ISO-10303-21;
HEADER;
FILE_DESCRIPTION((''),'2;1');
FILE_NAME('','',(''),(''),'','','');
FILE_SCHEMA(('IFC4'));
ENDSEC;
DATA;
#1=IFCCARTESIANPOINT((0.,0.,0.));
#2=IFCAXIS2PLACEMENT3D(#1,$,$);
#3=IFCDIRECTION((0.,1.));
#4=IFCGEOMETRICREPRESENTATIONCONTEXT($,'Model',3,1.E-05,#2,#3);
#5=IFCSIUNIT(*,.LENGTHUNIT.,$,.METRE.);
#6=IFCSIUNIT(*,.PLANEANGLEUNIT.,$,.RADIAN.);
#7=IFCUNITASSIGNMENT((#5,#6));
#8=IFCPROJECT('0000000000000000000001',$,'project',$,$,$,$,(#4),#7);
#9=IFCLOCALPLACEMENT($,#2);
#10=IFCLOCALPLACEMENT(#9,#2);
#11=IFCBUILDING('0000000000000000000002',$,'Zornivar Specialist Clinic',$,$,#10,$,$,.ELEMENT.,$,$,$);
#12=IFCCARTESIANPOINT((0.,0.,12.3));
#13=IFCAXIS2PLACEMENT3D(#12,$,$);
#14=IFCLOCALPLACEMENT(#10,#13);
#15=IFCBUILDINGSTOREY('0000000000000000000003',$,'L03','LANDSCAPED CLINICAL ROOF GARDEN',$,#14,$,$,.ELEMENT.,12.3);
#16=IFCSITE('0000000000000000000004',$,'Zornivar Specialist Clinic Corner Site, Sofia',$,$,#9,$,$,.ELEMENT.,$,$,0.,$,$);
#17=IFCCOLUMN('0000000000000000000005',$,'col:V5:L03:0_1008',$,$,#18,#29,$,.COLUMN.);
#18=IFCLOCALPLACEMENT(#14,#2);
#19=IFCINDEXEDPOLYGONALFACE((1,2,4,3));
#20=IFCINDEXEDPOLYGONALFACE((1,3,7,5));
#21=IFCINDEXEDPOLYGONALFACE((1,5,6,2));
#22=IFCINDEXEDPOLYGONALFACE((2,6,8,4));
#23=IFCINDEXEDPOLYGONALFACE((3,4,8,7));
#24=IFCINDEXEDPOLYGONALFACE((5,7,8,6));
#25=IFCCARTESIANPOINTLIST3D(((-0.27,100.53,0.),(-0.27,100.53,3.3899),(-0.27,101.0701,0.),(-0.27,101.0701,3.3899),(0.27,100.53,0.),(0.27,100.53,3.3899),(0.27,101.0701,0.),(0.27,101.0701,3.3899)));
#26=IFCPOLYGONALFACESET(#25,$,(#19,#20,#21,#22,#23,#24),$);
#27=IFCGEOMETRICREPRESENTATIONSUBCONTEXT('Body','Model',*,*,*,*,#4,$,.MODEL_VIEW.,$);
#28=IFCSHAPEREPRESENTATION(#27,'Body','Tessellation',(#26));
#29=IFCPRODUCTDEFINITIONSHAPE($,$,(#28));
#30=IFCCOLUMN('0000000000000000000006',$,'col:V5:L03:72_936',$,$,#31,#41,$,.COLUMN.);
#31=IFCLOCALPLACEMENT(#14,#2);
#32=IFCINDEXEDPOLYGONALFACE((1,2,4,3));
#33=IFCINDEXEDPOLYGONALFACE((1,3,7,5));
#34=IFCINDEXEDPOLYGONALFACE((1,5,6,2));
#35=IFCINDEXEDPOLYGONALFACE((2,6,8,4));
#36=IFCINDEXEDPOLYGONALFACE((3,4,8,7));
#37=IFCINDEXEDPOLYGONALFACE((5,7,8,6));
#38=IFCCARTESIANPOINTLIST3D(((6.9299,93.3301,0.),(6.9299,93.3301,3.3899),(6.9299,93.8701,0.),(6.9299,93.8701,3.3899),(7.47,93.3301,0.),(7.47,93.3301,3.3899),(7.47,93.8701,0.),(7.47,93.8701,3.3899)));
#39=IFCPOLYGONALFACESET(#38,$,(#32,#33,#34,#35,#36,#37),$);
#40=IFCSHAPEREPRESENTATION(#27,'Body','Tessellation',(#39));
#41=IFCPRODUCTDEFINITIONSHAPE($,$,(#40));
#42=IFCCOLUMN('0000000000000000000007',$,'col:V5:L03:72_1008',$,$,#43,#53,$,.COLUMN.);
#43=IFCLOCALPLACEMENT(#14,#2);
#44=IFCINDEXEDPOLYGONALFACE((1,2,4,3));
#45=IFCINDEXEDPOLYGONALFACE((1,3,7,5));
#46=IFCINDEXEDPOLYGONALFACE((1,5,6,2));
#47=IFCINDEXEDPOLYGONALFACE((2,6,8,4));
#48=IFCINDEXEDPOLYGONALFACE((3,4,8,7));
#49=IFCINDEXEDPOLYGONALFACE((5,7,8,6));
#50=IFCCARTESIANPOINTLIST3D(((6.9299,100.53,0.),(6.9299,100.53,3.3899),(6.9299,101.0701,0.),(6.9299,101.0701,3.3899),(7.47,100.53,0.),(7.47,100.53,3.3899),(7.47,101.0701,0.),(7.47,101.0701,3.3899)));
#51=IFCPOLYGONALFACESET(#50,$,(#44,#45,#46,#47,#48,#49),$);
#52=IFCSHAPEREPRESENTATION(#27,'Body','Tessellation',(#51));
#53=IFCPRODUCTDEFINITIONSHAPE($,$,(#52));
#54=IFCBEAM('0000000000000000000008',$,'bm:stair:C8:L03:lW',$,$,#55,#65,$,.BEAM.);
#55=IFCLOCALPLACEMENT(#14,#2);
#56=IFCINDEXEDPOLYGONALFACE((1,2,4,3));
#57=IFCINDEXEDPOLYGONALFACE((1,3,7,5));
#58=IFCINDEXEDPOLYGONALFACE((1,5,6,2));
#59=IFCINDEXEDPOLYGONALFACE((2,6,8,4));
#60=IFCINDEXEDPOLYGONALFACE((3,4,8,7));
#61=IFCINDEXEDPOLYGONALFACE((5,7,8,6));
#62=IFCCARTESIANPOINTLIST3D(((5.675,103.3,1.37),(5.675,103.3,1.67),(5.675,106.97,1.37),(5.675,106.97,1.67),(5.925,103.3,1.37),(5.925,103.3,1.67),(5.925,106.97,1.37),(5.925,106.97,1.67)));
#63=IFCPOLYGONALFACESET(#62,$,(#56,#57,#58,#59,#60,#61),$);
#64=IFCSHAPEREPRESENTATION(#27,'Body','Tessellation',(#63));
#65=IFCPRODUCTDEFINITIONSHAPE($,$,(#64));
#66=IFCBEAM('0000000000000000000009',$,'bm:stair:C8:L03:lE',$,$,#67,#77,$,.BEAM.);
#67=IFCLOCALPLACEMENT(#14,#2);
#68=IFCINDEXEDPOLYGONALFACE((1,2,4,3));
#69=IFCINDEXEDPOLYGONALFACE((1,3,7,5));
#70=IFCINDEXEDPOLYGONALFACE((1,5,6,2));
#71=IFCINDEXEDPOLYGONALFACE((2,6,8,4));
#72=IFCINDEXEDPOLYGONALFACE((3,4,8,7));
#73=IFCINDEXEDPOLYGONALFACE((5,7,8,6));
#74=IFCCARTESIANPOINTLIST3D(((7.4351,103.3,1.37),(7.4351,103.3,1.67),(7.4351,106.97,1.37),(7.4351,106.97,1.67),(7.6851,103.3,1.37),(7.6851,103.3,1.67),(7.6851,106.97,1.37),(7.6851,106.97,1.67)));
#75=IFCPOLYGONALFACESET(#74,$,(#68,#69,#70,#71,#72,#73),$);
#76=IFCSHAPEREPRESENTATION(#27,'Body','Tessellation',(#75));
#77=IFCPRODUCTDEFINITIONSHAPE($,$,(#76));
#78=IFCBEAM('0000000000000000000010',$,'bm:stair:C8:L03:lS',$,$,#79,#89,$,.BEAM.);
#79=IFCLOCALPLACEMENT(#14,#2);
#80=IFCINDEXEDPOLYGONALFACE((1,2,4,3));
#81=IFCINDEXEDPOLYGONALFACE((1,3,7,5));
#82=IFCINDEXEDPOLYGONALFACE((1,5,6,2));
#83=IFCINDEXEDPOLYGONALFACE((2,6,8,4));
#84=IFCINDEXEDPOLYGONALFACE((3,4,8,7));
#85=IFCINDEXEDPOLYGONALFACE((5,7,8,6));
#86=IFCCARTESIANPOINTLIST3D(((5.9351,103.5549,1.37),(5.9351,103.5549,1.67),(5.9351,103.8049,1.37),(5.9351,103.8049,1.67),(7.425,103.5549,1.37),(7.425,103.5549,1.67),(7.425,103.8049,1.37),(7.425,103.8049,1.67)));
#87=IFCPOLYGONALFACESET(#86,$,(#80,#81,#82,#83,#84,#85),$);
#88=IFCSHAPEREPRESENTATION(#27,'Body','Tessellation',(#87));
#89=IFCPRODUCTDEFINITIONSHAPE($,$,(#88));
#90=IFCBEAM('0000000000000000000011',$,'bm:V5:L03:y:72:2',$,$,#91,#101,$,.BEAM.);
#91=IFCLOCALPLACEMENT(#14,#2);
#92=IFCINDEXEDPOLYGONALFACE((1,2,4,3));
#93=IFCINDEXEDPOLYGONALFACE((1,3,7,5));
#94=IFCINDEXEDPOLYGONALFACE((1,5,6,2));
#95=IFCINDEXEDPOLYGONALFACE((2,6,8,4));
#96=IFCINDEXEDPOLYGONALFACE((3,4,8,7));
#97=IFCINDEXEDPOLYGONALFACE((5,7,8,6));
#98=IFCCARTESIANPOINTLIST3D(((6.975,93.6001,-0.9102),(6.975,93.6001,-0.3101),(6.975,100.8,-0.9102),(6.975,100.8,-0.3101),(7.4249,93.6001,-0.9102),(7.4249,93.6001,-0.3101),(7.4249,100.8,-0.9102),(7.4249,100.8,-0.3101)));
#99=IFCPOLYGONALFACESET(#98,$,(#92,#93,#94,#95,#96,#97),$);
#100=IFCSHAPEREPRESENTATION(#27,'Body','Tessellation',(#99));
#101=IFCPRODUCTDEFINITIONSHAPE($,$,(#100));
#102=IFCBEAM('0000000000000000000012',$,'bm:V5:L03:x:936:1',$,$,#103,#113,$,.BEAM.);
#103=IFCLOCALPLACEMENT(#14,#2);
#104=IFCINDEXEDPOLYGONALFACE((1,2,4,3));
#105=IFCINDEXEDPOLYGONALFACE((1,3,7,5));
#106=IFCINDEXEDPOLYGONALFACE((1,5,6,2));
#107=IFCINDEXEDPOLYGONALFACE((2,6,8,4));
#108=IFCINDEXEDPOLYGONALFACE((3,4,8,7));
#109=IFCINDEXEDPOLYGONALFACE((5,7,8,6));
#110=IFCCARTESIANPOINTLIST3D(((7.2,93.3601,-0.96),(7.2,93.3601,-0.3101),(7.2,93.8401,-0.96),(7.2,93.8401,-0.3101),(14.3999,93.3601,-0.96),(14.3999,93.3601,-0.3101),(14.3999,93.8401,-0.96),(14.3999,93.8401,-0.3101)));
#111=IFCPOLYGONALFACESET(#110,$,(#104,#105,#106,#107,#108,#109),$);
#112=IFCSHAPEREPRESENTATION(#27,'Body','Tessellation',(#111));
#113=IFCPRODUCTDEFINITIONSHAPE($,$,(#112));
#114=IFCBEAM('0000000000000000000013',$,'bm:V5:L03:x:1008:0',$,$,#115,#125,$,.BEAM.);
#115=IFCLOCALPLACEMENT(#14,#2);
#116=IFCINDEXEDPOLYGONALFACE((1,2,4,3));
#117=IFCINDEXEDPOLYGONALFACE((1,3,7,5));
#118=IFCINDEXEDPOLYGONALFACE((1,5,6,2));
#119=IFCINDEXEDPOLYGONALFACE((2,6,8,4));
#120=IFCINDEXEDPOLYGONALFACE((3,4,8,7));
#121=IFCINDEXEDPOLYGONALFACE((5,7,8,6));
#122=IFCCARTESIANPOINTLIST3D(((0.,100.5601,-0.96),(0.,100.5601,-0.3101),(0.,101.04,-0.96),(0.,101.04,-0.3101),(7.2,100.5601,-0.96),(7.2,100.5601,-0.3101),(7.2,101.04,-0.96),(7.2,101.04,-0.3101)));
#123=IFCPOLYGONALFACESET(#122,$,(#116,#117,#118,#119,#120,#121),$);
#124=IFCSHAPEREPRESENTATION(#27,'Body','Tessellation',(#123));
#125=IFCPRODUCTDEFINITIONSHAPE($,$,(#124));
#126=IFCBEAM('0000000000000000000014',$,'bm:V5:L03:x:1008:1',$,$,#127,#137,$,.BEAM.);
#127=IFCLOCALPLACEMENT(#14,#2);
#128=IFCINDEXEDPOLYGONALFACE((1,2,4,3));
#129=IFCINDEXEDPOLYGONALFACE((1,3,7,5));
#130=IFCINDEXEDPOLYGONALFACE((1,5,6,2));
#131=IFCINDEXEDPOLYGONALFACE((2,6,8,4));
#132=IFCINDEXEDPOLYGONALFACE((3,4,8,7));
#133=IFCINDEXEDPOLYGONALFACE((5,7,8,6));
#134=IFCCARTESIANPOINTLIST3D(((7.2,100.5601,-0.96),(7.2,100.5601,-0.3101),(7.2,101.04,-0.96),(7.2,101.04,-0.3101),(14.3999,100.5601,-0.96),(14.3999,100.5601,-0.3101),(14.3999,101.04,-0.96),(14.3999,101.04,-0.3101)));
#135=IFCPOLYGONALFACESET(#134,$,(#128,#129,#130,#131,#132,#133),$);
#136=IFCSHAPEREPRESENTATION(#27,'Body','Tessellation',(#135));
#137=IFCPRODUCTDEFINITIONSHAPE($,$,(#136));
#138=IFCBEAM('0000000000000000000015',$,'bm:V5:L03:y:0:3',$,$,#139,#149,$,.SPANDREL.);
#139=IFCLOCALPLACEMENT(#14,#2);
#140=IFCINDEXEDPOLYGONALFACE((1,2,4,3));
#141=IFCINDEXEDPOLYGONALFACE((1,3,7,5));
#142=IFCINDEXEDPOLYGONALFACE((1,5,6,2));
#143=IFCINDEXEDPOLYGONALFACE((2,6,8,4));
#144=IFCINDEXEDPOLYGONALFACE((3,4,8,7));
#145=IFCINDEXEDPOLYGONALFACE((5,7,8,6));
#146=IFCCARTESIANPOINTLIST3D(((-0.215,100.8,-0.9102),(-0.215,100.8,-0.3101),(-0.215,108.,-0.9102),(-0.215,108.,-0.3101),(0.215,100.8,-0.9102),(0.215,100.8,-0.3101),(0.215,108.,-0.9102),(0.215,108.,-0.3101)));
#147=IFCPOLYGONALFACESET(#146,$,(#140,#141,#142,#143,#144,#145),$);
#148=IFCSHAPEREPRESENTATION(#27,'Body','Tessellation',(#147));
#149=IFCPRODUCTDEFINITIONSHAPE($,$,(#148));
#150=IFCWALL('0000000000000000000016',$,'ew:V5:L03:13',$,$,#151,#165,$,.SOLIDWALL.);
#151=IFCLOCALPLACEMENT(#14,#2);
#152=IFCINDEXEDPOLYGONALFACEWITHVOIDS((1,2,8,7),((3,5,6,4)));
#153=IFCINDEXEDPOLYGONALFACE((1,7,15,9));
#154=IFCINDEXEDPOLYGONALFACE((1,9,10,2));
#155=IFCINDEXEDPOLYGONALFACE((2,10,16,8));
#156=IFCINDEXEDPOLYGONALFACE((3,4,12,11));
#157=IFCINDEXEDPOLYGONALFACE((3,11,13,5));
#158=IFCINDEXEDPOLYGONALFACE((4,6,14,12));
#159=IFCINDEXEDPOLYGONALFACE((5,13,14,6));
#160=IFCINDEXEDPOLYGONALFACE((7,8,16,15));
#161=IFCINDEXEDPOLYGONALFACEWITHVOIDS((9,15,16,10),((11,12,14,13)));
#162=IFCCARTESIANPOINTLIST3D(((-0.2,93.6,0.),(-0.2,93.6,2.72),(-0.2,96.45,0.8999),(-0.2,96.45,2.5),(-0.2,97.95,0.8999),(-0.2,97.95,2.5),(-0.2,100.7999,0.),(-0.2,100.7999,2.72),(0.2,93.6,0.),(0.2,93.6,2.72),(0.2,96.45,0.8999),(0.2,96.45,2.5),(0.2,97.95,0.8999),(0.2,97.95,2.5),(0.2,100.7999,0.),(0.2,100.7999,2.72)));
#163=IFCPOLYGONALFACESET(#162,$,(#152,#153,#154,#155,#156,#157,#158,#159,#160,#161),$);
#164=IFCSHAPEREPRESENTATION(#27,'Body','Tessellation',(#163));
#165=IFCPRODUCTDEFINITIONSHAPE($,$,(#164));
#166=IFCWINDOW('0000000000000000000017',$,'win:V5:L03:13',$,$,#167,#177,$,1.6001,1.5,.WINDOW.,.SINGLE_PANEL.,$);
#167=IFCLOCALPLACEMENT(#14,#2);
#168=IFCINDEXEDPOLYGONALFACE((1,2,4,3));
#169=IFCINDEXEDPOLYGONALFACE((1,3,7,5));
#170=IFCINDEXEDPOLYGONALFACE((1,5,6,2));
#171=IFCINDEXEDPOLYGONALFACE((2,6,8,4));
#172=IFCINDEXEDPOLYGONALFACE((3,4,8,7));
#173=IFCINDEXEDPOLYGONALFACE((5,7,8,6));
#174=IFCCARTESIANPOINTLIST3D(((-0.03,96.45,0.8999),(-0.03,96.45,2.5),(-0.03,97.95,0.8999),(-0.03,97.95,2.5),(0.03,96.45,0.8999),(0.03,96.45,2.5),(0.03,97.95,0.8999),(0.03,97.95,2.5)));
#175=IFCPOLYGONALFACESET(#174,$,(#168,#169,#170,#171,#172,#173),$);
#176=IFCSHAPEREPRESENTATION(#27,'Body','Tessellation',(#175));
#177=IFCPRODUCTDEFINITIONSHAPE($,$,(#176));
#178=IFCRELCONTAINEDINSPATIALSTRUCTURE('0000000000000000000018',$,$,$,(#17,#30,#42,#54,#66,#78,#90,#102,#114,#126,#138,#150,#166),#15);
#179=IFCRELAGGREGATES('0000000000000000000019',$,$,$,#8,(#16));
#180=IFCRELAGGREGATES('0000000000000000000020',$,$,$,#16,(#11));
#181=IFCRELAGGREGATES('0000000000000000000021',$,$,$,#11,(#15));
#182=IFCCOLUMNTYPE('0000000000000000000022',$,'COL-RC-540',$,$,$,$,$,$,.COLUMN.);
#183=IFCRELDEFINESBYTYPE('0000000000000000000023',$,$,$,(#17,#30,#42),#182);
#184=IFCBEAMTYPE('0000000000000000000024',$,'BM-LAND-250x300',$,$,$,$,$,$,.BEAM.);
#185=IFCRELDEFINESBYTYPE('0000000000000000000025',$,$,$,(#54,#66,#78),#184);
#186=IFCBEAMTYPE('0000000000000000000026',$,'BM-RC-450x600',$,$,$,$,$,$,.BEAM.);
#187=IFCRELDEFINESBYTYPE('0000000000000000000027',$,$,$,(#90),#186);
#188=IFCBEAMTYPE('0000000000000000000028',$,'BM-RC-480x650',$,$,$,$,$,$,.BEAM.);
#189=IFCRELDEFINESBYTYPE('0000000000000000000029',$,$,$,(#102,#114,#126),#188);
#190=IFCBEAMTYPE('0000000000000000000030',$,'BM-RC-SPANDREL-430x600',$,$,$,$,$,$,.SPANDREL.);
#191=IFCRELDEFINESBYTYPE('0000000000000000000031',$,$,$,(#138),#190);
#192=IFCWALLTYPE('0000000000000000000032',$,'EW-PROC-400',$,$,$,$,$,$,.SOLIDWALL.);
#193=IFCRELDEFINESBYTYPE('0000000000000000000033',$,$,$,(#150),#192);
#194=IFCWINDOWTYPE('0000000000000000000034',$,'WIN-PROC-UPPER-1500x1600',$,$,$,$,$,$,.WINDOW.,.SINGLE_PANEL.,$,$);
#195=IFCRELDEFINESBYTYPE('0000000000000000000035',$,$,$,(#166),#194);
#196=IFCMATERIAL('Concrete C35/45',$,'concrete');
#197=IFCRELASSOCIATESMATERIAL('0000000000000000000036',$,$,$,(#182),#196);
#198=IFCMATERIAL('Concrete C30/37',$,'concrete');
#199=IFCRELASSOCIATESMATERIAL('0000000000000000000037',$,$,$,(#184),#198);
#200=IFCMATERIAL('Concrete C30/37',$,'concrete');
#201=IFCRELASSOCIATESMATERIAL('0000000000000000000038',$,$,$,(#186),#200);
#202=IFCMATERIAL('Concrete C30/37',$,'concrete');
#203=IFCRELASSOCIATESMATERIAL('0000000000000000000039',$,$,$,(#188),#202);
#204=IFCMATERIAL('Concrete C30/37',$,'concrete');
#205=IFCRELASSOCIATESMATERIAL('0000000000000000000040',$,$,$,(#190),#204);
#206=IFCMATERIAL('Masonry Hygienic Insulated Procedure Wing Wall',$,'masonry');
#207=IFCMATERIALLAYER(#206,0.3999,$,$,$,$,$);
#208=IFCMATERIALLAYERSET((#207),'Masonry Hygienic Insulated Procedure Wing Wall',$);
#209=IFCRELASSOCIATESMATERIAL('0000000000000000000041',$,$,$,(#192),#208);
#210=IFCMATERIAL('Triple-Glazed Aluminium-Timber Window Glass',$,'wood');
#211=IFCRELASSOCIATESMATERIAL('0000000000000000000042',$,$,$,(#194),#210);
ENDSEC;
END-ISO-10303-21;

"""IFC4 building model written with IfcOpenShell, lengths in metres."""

from ifc_helpers import new_model, si_unit, direction, frame, frame_2d, origin, origin_2d, place, context, subcontext, project, spatial, rectangle, extrude, material, layer, layer_set, material_profile, profile_set, type_object, element, fill, save


model = new_model("IFC4")

# Units and contexts
model_context = context("Model", 3, precision=1e-05, world=origin(), true_north=direction((0.0, 1.0)))
body_context = subcontext(model_context, "Body", "Model", "MODEL_VIEW")
ifc_project = project(units=[si_unit("LENGTHUNIT", "METRE"), si_unit("PLANEANGLEUNIT", "RADIAN")], contexts=[model_context])

# Site, building, storey
site_placement = place(None, origin())
site = spatial("IfcSite", under=ifc_project, at=site_placement, Name="Zornivar Specialist Clinic Corner Site, Sofia", CompositionType="ELEMENT", RefElevation=0.0)
building_placement = place(site_placement, origin())
building = spatial("IfcBuilding", under=site, at=building_placement, Name="Zornivar Specialist Clinic", CompositionType="ELEMENT")
storey_placement = place(building_placement, frame((0.0, 0.0, 12.3)))
storey = spatial("IfcBuildingStorey", under=building, at=storey_placement, Name="L03", Description="LANDSCAPED CLINICAL ROOF GARDEN", CompositionType="ELEMENT", Elevation=12.3)

# Columns
ifc_material_1 = material(Name="Concrete C35/45", Category="concrete")
ifc_material_profile_1 = material_profile(ifc_material_1, rectangle(XDim=0.54, YDim=0.54, at=origin_2d()), Name="RC 540x540")
ifc_profile_set_1 = profile_set([ifc_material_profile_1], Name="Concrete C35/45")
column_type = type_object("IfcColumnType", Name="COL-RC-540", PredefinedType="COLUMN", material=ifc_profile_set_1)
for number, where, z_axis, x_axis, name in (
    (1, (0.0, 100.8, 0.0), (0.0, 0.0, 1.0), (1.0, 0.0, 0.0), "col:V5:L03:0_1008"),
    (2, (7.2, 93.6001, 0.0), (0.0, 0.0, 1.0), (1.0, 0.0, 0.0), "col:V5:L03:72_936"),
    (3, (7.2, 100.8, 0.0), (0.0, 0.0, 1.0), (1.0, 0.0, 0.0), "col:V5:L03:72_1008"),
):
    element("IfcColumn", number, at=place(storey_placement, frame(where, z_axis=z_axis, x_axis=x_axis)), inside=storey, type_object=column_type, Name=name, PredefinedType="COLUMN", context=body_context, shape_type="SweptSolid", body=[
        extrude(rectangle(XDim=0.54, YDim=0.54, at=origin_2d()), origin(), (0.0, 0.0, 1.0), 3.3899),
    ])

# Beams
ifc_material_2 = material(Name="Concrete C30/37", Category="concrete")
ifc_material_profile_2 = material_profile(ifc_material_2, rectangle(XDim=0.25, YDim=0.3, at=origin_2d()), Name="RC 250x300")
ifc_profile_set_2 = profile_set([ifc_material_profile_2], Name="Concrete C30/37")
beam_type_1 = type_object("IfcBeamType", Name="BM-LAND-250x300", PredefinedType="BEAM", material=ifc_profile_set_2)
for number, where, z_axis, x_axis, name in (
    (4, (5.8, 103.3, 1.52), (0.0, 1.0, 0.0), (-1.0, 0.0, 0.0), "bm:stair:C8:L03:lW"),
    (5, (7.5601, 103.3, 1.52), (0.0, 1.0, 0.0), (-1.0, 0.0, 0.0), "bm:stair:C8:L03:lE"),
):
    element("IfcBeam", number, at=place(storey_placement, frame(where, z_axis=z_axis, x_axis=x_axis)), inside=storey, type_object=beam_type_1, Name=name, PredefinedType="BEAM", context=body_context, shape_type="SweptSolid", body=[
        extrude(rectangle(XDim=0.25, YDim=0.3, at=origin_2d()), origin(), (0.0, 0.0, 1.0), 3.6699),
    ])
beam_1_placement = place(storey_placement, frame((5.9351, 103.6799, 1.52), z_axis=(1.0, 0.0, 0.0), x_axis=(0.0, 1.0, 0.0)))
element("IfcBeam", 6, at=beam_1_placement, inside=storey, type_object=beam_type_1, Name="bm:stair:C8:L03:lS", PredefinedType="BEAM", context=body_context, shape_type="SweptSolid", body=[
    extrude(rectangle(XDim=0.25, YDim=0.3, at=origin_2d()), origin(), (0.0, 0.0, 1.0), 1.49),
])
ifc_material_3 = material(Name="Concrete C30/37", Category="concrete")
ifc_material_profile_3 = material_profile(ifc_material_3, rectangle(XDim=0.45, YDim=0.6001, at=origin_2d()), Name="RC 450x600")
ifc_profile_set_3 = profile_set([ifc_material_profile_3], Name="Concrete C30/37")
beam_type_2 = type_object("IfcBeamType", Name="BM-RC-450x600", PredefinedType="BEAM", material=ifc_profile_set_3)
beam_2_placement = place(storey_placement, frame((7.2, 93.6001, -0.6101), z_axis=(0.0, 1.0, 0.0), x_axis=(-1.0, 0.0, 0.0)))
element("IfcBeam", 7, at=beam_2_placement, inside=storey, type_object=beam_type_2, Name="bm:V5:L03:y:72:2", PredefinedType="BEAM", context=body_context, shape_type="SweptSolid", body=[
    extrude(rectangle(XDim=0.45, YDim=0.6001, at=origin_2d()), origin(), (0.0, 0.0, 1.0), 7.2),
])
ifc_material_4 = material(Name="Concrete C30/37", Category="concrete")
ifc_material_profile_4 = material_profile(ifc_material_4, rectangle(XDim=0.48, YDim=0.6499, at=origin_2d()), Name="RC 480x650")
ifc_profile_set_4 = profile_set([ifc_material_profile_4], Name="Concrete C30/37")
beam_type_3 = type_object("IfcBeamType", Name="BM-RC-480x650", PredefinedType="BEAM", material=ifc_profile_set_4)
for number, where, z_axis, x_axis, name in (
    (8, (7.2, 93.6001, -0.635), (1.0, 0.0, 0.0), (0.0, 1.0, 0.0), "bm:V5:L03:x:936:1"),
    (9, (0.0, 100.8, -0.635), (1.0, 0.0, 0.0), (0.0, 1.0, 0.0), "bm:V5:L03:x:1008:0"),
    (10, (7.2, 100.8, -0.635), (1.0, 0.0, 0.0), (0.0, 1.0, 0.0), "bm:V5:L03:x:1008:1"),
):
    element("IfcBeam", number, at=place(storey_placement, frame(where, z_axis=z_axis, x_axis=x_axis)), inside=storey, type_object=beam_type_3, Name=name, PredefinedType="BEAM", context=body_context, shape_type="SweptSolid", body=[
        extrude(rectangle(XDim=0.48, YDim=0.6499, at=origin_2d()), origin(), (0.0, 0.0, 1.0), 7.2),
    ])
ifc_material_5 = material(Name="Concrete C30/37", Category="concrete")
ifc_material_profile_5 = material_profile(ifc_material_5, rectangle(XDim=0.4299, YDim=0.6001, at=origin_2d()), Name="RC 430x600")
ifc_profile_set_5 = profile_set([ifc_material_profile_5], Name="Concrete C30/37")
beam_type_4 = type_object("IfcBeamType", Name="BM-RC-SPANDREL-430x600", PredefinedType="SPANDREL", material=ifc_profile_set_5)
beam_3_placement = place(storey_placement, frame((0.0, 100.8, -0.6101), z_axis=(0.0, 1.0, 0.0), x_axis=(-1.0, 0.0, 0.0)))
element("IfcBeam", 11, at=beam_3_placement, inside=storey, type_object=beam_type_4, Name="bm:V5:L03:y:0:3", PredefinedType="SPANDREL", context=body_context, shape_type="SweptSolid", body=[
    extrude(rectangle(XDim=0.4299, YDim=0.6001, at=origin_2d()), origin(), (0.0, 0.0, 1.0), 7.2),
])

# Wall, opening, window
ifc_material_6 = material(Name="Masonry Hygienic Insulated Procedure Wing Wall", Category="masonry")
ifc_layer_1 = layer(ifc_material_6, 0.3999)
ifc_layer_set_1 = layer_set([ifc_layer_1], Name="Masonry Hygienic Insulated Procedure Wing Wall")
wall_type_1 = type_object("IfcWallType", Name="EW-PROC-400", PredefinedType="SOLIDWALL", material=ifc_layer_set_1)
wall_1_placement = place(storey_placement, frame((0.0, 100.8, 0.0), z_axis=(0.0, 0.0, 1.0), x_axis=(0.0, -1.0, 0.0)))
wall_1 = element("IfcWall", 12, at=wall_1_placement, inside=storey, type_object=wall_type_1, Name="ew:V5:L03:13", PredefinedType="SOLIDWALL", context=body_context, shape_type="SweptSolid", body=[
    extrude(rectangle(XDim=7.2, YDim=0.3999, at=frame_2d((3.6001, 0.0))), origin(), (0.0, 0.0, 1.0), 2.72),
])
opening_1_placement = place(wall_1_placement, frame((2.8501, 0.0, 0.8999)))
opening_1 = element("IfcOpeningElement", 13, at=opening_1_placement, cuts=wall_1, PredefinedType="OPENING", context=body_context, shape_type="SweptSolid", body=[
    extrude(rectangle(XDim=1.5, YDim=1.6001, at=frame_2d((0.75, 0.8))), frame((0.0, 0.21, 0.0), z_axis=(0.0, -1.0, 0.0), x_axis=(1.0, 0.0, 0.0)), (0.0, 0.0, 1.0), 0.4199),
])
ifc_material_7 = material(Name="Triple-Glazed Aluminium-Timber Window Glass", Category="wood")
window_type = type_object("IfcWindowType", Name="WIN-PROC-UPPER-1500x1600", PartitioningType="SINGLE_PANEL", PredefinedType="WINDOW", material=ifc_material_7)
window_placement = place(opening_1_placement, origin())
window = element("IfcWindow", 14, at=window_placement, inside=storey, type_object=window_type, Name="win:V5:L03:13", OverallHeight=1.6001, OverallWidth=1.5, PartitioningType="SINGLE_PANEL", PredefinedType="WINDOW", context=body_context, shape_type="SweptSolid", body=[
    extrude(rectangle(XDim=1.5, YDim=1.6001, at=frame_2d((0.75, 0.8))), frame((0.0, 0.03, 0.0), z_axis=(0.0, -1.0, 0.0), x_axis=(1.0, 0.0, 0.0)), (0.0, 0.0, 1.0), 0.0601),
])
fill(opening_1, window)

save(model, "model.ifc")
